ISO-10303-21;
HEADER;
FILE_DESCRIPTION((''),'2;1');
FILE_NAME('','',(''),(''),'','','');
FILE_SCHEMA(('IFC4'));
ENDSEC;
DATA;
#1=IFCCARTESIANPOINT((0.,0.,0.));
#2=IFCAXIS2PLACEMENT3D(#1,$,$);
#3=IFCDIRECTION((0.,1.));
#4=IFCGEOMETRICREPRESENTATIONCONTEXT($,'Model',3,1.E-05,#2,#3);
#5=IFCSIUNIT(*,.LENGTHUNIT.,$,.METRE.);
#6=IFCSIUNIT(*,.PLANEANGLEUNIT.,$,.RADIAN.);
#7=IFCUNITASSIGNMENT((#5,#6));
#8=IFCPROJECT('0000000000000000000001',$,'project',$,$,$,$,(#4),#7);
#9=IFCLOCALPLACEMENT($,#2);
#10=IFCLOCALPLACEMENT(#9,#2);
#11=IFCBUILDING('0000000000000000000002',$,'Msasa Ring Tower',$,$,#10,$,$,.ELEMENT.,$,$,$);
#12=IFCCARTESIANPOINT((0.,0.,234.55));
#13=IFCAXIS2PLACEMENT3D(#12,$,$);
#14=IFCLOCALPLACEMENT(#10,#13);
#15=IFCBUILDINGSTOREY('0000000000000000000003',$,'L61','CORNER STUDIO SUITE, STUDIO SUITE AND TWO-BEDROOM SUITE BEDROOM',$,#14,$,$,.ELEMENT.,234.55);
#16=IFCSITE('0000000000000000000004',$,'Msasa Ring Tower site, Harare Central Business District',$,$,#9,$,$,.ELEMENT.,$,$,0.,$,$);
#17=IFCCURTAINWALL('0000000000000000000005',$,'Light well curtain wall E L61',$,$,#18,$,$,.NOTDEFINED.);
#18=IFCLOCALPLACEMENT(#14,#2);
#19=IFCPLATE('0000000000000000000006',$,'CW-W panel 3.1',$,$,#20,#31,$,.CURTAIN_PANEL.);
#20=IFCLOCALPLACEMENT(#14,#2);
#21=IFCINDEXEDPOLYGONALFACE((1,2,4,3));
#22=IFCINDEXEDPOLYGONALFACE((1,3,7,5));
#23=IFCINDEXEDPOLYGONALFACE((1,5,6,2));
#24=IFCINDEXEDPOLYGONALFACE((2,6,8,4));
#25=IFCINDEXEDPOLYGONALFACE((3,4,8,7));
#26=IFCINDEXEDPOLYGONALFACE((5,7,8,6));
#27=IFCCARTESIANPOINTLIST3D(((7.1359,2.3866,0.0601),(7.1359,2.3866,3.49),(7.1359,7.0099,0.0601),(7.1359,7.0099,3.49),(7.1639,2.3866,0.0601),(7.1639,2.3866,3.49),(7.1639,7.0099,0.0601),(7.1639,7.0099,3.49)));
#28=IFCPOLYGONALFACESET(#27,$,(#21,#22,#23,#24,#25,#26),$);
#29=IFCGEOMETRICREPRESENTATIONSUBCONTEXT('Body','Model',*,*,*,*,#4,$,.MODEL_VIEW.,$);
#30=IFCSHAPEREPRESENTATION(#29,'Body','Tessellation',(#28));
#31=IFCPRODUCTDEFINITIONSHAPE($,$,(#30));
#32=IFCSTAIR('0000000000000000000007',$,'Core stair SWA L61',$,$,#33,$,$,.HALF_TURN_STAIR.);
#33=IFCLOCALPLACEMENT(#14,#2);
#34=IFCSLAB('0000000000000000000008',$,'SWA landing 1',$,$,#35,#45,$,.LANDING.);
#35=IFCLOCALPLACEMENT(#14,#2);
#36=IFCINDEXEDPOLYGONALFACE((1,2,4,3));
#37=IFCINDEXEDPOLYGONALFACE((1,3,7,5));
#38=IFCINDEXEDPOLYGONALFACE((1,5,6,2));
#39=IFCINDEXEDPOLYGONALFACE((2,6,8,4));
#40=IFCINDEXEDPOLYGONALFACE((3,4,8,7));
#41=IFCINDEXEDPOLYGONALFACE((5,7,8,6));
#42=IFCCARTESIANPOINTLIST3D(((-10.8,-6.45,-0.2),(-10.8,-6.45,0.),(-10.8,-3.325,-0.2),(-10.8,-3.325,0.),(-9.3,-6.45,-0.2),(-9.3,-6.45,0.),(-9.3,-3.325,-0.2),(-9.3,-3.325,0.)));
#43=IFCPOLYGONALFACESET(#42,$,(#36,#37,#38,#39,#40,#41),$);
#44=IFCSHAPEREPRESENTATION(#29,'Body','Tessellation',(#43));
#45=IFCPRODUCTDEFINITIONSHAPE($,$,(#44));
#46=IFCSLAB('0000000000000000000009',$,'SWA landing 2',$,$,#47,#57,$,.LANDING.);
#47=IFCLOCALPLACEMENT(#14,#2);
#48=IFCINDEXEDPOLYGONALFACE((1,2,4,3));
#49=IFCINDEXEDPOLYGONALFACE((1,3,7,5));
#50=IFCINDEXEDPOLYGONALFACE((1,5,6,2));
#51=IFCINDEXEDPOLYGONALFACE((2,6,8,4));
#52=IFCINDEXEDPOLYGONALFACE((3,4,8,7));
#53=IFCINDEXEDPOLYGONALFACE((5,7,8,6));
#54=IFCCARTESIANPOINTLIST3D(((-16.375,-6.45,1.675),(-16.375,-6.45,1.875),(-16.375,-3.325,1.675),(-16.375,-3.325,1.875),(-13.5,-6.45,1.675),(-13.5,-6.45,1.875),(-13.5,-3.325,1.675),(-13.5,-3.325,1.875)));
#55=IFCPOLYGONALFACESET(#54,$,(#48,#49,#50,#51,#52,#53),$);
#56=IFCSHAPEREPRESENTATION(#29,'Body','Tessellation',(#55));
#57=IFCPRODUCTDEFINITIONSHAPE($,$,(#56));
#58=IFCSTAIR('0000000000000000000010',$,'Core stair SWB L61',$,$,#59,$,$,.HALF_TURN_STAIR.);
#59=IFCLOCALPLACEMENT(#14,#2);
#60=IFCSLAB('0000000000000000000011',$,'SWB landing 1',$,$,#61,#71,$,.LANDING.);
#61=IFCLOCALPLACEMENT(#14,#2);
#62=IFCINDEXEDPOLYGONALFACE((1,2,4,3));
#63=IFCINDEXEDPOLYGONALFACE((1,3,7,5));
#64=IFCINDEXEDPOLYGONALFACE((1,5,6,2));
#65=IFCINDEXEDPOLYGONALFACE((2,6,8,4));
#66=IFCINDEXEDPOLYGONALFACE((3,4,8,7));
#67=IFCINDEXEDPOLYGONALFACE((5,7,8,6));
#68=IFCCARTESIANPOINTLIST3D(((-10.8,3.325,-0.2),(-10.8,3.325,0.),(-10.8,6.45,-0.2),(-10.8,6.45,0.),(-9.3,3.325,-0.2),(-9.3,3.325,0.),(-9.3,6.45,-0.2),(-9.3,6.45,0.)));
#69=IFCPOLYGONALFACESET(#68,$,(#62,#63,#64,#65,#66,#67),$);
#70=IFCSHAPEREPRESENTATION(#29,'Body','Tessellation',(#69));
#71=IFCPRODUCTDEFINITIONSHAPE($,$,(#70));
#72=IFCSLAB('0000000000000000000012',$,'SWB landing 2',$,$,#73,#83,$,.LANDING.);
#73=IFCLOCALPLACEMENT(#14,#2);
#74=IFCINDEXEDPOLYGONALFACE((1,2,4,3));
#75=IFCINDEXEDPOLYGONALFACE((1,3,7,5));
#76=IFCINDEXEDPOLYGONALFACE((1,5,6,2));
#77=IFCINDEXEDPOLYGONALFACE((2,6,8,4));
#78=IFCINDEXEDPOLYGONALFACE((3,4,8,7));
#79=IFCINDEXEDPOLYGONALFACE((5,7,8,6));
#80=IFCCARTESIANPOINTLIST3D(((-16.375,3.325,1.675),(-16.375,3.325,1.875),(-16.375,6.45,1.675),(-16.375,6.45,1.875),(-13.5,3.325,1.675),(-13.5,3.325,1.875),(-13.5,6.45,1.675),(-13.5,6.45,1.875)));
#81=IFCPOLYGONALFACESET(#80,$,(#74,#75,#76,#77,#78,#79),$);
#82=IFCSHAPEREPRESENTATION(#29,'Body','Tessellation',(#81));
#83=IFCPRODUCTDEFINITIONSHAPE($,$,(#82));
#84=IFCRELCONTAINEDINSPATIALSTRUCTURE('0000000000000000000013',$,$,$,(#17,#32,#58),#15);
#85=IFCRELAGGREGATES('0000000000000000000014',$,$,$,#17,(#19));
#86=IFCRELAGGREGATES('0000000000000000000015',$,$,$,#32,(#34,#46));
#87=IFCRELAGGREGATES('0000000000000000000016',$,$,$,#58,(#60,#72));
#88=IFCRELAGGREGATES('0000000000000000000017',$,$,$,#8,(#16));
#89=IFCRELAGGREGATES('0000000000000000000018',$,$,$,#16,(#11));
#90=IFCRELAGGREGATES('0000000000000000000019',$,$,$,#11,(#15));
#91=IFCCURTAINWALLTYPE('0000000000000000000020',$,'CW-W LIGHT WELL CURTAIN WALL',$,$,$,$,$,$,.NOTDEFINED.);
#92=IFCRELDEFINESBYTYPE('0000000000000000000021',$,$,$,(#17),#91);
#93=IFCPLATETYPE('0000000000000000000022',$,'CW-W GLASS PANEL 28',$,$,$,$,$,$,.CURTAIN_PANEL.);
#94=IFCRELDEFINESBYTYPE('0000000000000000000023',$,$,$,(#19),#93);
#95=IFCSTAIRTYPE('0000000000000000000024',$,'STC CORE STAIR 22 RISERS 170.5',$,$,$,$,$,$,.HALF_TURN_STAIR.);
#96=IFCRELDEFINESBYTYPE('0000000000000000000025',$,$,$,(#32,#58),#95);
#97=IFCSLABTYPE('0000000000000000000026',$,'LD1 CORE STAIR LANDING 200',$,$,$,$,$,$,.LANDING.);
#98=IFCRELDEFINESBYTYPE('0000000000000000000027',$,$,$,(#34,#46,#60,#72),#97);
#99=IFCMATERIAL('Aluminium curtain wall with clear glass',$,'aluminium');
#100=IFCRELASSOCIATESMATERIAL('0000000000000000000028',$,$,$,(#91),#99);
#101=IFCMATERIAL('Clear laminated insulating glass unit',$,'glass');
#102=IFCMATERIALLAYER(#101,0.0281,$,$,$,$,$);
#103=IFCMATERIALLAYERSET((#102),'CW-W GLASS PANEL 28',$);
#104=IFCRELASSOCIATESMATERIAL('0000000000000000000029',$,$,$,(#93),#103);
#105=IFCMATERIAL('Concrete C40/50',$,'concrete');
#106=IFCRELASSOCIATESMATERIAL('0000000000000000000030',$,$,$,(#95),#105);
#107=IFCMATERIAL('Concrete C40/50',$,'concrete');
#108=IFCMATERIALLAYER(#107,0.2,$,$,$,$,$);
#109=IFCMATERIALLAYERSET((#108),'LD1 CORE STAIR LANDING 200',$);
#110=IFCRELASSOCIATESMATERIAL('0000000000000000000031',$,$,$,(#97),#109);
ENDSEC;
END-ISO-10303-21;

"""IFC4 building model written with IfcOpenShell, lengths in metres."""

from ifc_helpers import new_model, si_unit, direction, frame, origin, origin_2d, place, context, subcontext, project, spatial, polyline, rectangle, outline, extrude, material, layer, layer_set, type_object, element, aggregate, save


model = new_model("IFC4")

# Units and contexts
model_context = context("Model", 3, precision=1e-05, world=origin(), true_north=direction((0.0, 1.0)))
body_context = subcontext(model_context, "Body", "Model", "MODEL_VIEW")
ifc_project = project(units=[si_unit("LENGTHUNIT", "METRE"), si_unit("PLANEANGLEUNIT", "RADIAN")], contexts=[model_context])

# Site, building, storey
site_placement = place(None, origin())
site = spatial("IfcSite", under=ifc_project, at=site_placement, Name="Msasa Ring Tower site, Harare Central Business District", CompositionType="ELEMENT", RefElevation=0.0)
building_placement = place(site_placement, origin())
building = spatial("IfcBuilding", under=site, at=building_placement, Name="Msasa Ring Tower", CompositionType="ELEMENT")
storey_placement = place(building_placement, frame((0.0, 0.0, 234.55)))
storey = spatial("IfcBuildingStorey", under=building, at=storey_placement, Name="L61", Description="CORNER STUDIO SUITE, STUDIO SUITE AND TWO-BEDROOM SUITE BEDROOM", CompositionType="ELEMENT", Elevation=234.55)

# Curtain wall
ifc_material_1 = material(Name="Aluminium curtain wall with clear glass", Category="aluminium")
curtain_wall_type = type_object("IfcCurtainWallType", Name="CW-W LIGHT WELL CURTAIN WALL", PredefinedType="NOTDEFINED", material=ifc_material_1)
curtain_wall_placement = place(storey_placement, origin())
curtain_wall = element("IfcCurtainWall", 1, at=curtain_wall_placement, inside=storey, type_object=curtain_wall_type, Name="Light well curtain wall E L61", PredefinedType="NOTDEFINED")

# Plate
ifc_material_2 = material(Name="Clear laminated insulating glass unit", Category="glass")
ifc_layer_1 = layer(ifc_material_2, 0.0281)
ifc_layer_set_1 = layer_set([ifc_layer_1], Name="CW-W GLASS PANEL 28")
plate_type = type_object("IfcPlateType", Name="CW-W GLASS PANEL 28", PredefinedType="CURTAIN_PANEL", material=ifc_layer_set_1)
plate_1_placement = place(storey_placement, frame((7.1499, 4.6982, 0.0601), z_axis=(0.0, 0.0, 1.0), x_axis=(0.0, 1.0, 0.0)))
plate_1 = element("IfcPlate", 2, at=plate_1_placement, type_object=plate_type, Name="CW-W panel 3.1", PredefinedType="CURTAIN_PANEL", context=body_context, shape_type="SweptSolid", body=[
    extrude(rectangle(XDim=4.6233, YDim=0.0281, at=origin_2d()), origin(), (0.0, 0.0, 1.0), 3.4299),
])
aggregate(curtain_wall, [plate_1])

# Stairs, slabs
ifc_material_3 = material(Name="Concrete C40/50", Category="concrete")
stair_type = type_object("IfcStairType", Name="STC CORE STAIR 22 RISERS 170.5", PredefinedType="HALF_TURN_STAIR", material=ifc_material_3)
stair_1_placement = place(storey_placement, origin())
stair_1 = element("IfcStair", 3, at=stair_1_placement, inside=storey, type_object=stair_type, Name="Core stair SWA L61", PredefinedType="HALF_TURN_STAIR")
ifc_material_4 = material(Name="Concrete C40/50", Category="concrete")
ifc_layer_2 = layer(ifc_material_4, 0.2)
ifc_layer_set_2 = layer_set([ifc_layer_2], Name="LD1 CORE STAIR LANDING 200")
slab_type = type_object("IfcSlabType", Name="LD1 CORE STAIR LANDING 200", PredefinedType="LANDING", material=ifc_layer_set_2)
slab_1_placement = place(storey_placement, frame((0.0, 0.0, -0.2)))
slab_1 = element("IfcSlab", 4, at=slab_1_placement, type_object=slab_type, Name="SWA landing 1", PredefinedType="LANDING", context=body_context, shape_type="SweptSolid", body=[
    extrude(outline(polyline([(-10.8, -6.45), (-9.3, -6.45), (-9.3, -3.325), (-10.8, -3.325), (-10.8, -6.45)])), origin(), (0.0, 0.0, 1.0), 0.2),
])
slab_2_placement = place(storey_placement, frame((0.0, 0.0, 1.675)))
slab_2 = element("IfcSlab", 5, at=slab_2_placement, type_object=slab_type, Name="SWA landing 2", PredefinedType="LANDING", context=body_context, shape_type="SweptSolid", body=[
    extrude(outline(polyline([(-16.375, -6.45), (-13.5, -6.45), (-13.5, -3.325), (-16.375, -3.325), (-16.375, -6.45)])), origin(), (0.0, 0.0, 1.0), 0.2),
])
aggregate(stair_1, [slab_1, slab_2])
stair_2_placement = place(storey_placement, origin())
stair_2 = element("IfcStair", 6, at=stair_2_placement, inside=storey, type_object=stair_type, Name="Core stair SWB L61", PredefinedType="HALF_TURN_STAIR")
slab_3_placement = place(storey_placement, frame((0.0, 0.0, -0.2)))
slab_3 = element("IfcSlab", 7, at=slab_3_placement, type_object=slab_type, Name="SWB landing 1", PredefinedType="LANDING", context=body_context, shape_type="SweptSolid", body=[
    extrude(outline(polyline([(-10.8, 3.325), (-9.3, 3.325), (-9.3, 6.45), (-10.8, 6.45), (-10.8, 3.325)])), origin(), (0.0, 0.0, 1.0), 0.2),
])
slab_4_placement = place(storey_placement, frame((0.0, 0.0, 1.675)))
slab_4 = element("IfcSlab", 8, at=slab_4_placement, type_object=slab_type, Name="SWB landing 2", PredefinedType="LANDING", context=body_context, shape_type="SweptSolid", body=[
    extrude(outline(polyline([(-16.375, 3.325), (-13.5, 3.325), (-13.5, 6.45), (-16.375, 6.45), (-16.375, 3.325)])), origin(), (0.0, 0.0, 1.0), 0.2),
])
aggregate(stair_2, [slab_3, slab_4])

save(model, "model.ifc")
